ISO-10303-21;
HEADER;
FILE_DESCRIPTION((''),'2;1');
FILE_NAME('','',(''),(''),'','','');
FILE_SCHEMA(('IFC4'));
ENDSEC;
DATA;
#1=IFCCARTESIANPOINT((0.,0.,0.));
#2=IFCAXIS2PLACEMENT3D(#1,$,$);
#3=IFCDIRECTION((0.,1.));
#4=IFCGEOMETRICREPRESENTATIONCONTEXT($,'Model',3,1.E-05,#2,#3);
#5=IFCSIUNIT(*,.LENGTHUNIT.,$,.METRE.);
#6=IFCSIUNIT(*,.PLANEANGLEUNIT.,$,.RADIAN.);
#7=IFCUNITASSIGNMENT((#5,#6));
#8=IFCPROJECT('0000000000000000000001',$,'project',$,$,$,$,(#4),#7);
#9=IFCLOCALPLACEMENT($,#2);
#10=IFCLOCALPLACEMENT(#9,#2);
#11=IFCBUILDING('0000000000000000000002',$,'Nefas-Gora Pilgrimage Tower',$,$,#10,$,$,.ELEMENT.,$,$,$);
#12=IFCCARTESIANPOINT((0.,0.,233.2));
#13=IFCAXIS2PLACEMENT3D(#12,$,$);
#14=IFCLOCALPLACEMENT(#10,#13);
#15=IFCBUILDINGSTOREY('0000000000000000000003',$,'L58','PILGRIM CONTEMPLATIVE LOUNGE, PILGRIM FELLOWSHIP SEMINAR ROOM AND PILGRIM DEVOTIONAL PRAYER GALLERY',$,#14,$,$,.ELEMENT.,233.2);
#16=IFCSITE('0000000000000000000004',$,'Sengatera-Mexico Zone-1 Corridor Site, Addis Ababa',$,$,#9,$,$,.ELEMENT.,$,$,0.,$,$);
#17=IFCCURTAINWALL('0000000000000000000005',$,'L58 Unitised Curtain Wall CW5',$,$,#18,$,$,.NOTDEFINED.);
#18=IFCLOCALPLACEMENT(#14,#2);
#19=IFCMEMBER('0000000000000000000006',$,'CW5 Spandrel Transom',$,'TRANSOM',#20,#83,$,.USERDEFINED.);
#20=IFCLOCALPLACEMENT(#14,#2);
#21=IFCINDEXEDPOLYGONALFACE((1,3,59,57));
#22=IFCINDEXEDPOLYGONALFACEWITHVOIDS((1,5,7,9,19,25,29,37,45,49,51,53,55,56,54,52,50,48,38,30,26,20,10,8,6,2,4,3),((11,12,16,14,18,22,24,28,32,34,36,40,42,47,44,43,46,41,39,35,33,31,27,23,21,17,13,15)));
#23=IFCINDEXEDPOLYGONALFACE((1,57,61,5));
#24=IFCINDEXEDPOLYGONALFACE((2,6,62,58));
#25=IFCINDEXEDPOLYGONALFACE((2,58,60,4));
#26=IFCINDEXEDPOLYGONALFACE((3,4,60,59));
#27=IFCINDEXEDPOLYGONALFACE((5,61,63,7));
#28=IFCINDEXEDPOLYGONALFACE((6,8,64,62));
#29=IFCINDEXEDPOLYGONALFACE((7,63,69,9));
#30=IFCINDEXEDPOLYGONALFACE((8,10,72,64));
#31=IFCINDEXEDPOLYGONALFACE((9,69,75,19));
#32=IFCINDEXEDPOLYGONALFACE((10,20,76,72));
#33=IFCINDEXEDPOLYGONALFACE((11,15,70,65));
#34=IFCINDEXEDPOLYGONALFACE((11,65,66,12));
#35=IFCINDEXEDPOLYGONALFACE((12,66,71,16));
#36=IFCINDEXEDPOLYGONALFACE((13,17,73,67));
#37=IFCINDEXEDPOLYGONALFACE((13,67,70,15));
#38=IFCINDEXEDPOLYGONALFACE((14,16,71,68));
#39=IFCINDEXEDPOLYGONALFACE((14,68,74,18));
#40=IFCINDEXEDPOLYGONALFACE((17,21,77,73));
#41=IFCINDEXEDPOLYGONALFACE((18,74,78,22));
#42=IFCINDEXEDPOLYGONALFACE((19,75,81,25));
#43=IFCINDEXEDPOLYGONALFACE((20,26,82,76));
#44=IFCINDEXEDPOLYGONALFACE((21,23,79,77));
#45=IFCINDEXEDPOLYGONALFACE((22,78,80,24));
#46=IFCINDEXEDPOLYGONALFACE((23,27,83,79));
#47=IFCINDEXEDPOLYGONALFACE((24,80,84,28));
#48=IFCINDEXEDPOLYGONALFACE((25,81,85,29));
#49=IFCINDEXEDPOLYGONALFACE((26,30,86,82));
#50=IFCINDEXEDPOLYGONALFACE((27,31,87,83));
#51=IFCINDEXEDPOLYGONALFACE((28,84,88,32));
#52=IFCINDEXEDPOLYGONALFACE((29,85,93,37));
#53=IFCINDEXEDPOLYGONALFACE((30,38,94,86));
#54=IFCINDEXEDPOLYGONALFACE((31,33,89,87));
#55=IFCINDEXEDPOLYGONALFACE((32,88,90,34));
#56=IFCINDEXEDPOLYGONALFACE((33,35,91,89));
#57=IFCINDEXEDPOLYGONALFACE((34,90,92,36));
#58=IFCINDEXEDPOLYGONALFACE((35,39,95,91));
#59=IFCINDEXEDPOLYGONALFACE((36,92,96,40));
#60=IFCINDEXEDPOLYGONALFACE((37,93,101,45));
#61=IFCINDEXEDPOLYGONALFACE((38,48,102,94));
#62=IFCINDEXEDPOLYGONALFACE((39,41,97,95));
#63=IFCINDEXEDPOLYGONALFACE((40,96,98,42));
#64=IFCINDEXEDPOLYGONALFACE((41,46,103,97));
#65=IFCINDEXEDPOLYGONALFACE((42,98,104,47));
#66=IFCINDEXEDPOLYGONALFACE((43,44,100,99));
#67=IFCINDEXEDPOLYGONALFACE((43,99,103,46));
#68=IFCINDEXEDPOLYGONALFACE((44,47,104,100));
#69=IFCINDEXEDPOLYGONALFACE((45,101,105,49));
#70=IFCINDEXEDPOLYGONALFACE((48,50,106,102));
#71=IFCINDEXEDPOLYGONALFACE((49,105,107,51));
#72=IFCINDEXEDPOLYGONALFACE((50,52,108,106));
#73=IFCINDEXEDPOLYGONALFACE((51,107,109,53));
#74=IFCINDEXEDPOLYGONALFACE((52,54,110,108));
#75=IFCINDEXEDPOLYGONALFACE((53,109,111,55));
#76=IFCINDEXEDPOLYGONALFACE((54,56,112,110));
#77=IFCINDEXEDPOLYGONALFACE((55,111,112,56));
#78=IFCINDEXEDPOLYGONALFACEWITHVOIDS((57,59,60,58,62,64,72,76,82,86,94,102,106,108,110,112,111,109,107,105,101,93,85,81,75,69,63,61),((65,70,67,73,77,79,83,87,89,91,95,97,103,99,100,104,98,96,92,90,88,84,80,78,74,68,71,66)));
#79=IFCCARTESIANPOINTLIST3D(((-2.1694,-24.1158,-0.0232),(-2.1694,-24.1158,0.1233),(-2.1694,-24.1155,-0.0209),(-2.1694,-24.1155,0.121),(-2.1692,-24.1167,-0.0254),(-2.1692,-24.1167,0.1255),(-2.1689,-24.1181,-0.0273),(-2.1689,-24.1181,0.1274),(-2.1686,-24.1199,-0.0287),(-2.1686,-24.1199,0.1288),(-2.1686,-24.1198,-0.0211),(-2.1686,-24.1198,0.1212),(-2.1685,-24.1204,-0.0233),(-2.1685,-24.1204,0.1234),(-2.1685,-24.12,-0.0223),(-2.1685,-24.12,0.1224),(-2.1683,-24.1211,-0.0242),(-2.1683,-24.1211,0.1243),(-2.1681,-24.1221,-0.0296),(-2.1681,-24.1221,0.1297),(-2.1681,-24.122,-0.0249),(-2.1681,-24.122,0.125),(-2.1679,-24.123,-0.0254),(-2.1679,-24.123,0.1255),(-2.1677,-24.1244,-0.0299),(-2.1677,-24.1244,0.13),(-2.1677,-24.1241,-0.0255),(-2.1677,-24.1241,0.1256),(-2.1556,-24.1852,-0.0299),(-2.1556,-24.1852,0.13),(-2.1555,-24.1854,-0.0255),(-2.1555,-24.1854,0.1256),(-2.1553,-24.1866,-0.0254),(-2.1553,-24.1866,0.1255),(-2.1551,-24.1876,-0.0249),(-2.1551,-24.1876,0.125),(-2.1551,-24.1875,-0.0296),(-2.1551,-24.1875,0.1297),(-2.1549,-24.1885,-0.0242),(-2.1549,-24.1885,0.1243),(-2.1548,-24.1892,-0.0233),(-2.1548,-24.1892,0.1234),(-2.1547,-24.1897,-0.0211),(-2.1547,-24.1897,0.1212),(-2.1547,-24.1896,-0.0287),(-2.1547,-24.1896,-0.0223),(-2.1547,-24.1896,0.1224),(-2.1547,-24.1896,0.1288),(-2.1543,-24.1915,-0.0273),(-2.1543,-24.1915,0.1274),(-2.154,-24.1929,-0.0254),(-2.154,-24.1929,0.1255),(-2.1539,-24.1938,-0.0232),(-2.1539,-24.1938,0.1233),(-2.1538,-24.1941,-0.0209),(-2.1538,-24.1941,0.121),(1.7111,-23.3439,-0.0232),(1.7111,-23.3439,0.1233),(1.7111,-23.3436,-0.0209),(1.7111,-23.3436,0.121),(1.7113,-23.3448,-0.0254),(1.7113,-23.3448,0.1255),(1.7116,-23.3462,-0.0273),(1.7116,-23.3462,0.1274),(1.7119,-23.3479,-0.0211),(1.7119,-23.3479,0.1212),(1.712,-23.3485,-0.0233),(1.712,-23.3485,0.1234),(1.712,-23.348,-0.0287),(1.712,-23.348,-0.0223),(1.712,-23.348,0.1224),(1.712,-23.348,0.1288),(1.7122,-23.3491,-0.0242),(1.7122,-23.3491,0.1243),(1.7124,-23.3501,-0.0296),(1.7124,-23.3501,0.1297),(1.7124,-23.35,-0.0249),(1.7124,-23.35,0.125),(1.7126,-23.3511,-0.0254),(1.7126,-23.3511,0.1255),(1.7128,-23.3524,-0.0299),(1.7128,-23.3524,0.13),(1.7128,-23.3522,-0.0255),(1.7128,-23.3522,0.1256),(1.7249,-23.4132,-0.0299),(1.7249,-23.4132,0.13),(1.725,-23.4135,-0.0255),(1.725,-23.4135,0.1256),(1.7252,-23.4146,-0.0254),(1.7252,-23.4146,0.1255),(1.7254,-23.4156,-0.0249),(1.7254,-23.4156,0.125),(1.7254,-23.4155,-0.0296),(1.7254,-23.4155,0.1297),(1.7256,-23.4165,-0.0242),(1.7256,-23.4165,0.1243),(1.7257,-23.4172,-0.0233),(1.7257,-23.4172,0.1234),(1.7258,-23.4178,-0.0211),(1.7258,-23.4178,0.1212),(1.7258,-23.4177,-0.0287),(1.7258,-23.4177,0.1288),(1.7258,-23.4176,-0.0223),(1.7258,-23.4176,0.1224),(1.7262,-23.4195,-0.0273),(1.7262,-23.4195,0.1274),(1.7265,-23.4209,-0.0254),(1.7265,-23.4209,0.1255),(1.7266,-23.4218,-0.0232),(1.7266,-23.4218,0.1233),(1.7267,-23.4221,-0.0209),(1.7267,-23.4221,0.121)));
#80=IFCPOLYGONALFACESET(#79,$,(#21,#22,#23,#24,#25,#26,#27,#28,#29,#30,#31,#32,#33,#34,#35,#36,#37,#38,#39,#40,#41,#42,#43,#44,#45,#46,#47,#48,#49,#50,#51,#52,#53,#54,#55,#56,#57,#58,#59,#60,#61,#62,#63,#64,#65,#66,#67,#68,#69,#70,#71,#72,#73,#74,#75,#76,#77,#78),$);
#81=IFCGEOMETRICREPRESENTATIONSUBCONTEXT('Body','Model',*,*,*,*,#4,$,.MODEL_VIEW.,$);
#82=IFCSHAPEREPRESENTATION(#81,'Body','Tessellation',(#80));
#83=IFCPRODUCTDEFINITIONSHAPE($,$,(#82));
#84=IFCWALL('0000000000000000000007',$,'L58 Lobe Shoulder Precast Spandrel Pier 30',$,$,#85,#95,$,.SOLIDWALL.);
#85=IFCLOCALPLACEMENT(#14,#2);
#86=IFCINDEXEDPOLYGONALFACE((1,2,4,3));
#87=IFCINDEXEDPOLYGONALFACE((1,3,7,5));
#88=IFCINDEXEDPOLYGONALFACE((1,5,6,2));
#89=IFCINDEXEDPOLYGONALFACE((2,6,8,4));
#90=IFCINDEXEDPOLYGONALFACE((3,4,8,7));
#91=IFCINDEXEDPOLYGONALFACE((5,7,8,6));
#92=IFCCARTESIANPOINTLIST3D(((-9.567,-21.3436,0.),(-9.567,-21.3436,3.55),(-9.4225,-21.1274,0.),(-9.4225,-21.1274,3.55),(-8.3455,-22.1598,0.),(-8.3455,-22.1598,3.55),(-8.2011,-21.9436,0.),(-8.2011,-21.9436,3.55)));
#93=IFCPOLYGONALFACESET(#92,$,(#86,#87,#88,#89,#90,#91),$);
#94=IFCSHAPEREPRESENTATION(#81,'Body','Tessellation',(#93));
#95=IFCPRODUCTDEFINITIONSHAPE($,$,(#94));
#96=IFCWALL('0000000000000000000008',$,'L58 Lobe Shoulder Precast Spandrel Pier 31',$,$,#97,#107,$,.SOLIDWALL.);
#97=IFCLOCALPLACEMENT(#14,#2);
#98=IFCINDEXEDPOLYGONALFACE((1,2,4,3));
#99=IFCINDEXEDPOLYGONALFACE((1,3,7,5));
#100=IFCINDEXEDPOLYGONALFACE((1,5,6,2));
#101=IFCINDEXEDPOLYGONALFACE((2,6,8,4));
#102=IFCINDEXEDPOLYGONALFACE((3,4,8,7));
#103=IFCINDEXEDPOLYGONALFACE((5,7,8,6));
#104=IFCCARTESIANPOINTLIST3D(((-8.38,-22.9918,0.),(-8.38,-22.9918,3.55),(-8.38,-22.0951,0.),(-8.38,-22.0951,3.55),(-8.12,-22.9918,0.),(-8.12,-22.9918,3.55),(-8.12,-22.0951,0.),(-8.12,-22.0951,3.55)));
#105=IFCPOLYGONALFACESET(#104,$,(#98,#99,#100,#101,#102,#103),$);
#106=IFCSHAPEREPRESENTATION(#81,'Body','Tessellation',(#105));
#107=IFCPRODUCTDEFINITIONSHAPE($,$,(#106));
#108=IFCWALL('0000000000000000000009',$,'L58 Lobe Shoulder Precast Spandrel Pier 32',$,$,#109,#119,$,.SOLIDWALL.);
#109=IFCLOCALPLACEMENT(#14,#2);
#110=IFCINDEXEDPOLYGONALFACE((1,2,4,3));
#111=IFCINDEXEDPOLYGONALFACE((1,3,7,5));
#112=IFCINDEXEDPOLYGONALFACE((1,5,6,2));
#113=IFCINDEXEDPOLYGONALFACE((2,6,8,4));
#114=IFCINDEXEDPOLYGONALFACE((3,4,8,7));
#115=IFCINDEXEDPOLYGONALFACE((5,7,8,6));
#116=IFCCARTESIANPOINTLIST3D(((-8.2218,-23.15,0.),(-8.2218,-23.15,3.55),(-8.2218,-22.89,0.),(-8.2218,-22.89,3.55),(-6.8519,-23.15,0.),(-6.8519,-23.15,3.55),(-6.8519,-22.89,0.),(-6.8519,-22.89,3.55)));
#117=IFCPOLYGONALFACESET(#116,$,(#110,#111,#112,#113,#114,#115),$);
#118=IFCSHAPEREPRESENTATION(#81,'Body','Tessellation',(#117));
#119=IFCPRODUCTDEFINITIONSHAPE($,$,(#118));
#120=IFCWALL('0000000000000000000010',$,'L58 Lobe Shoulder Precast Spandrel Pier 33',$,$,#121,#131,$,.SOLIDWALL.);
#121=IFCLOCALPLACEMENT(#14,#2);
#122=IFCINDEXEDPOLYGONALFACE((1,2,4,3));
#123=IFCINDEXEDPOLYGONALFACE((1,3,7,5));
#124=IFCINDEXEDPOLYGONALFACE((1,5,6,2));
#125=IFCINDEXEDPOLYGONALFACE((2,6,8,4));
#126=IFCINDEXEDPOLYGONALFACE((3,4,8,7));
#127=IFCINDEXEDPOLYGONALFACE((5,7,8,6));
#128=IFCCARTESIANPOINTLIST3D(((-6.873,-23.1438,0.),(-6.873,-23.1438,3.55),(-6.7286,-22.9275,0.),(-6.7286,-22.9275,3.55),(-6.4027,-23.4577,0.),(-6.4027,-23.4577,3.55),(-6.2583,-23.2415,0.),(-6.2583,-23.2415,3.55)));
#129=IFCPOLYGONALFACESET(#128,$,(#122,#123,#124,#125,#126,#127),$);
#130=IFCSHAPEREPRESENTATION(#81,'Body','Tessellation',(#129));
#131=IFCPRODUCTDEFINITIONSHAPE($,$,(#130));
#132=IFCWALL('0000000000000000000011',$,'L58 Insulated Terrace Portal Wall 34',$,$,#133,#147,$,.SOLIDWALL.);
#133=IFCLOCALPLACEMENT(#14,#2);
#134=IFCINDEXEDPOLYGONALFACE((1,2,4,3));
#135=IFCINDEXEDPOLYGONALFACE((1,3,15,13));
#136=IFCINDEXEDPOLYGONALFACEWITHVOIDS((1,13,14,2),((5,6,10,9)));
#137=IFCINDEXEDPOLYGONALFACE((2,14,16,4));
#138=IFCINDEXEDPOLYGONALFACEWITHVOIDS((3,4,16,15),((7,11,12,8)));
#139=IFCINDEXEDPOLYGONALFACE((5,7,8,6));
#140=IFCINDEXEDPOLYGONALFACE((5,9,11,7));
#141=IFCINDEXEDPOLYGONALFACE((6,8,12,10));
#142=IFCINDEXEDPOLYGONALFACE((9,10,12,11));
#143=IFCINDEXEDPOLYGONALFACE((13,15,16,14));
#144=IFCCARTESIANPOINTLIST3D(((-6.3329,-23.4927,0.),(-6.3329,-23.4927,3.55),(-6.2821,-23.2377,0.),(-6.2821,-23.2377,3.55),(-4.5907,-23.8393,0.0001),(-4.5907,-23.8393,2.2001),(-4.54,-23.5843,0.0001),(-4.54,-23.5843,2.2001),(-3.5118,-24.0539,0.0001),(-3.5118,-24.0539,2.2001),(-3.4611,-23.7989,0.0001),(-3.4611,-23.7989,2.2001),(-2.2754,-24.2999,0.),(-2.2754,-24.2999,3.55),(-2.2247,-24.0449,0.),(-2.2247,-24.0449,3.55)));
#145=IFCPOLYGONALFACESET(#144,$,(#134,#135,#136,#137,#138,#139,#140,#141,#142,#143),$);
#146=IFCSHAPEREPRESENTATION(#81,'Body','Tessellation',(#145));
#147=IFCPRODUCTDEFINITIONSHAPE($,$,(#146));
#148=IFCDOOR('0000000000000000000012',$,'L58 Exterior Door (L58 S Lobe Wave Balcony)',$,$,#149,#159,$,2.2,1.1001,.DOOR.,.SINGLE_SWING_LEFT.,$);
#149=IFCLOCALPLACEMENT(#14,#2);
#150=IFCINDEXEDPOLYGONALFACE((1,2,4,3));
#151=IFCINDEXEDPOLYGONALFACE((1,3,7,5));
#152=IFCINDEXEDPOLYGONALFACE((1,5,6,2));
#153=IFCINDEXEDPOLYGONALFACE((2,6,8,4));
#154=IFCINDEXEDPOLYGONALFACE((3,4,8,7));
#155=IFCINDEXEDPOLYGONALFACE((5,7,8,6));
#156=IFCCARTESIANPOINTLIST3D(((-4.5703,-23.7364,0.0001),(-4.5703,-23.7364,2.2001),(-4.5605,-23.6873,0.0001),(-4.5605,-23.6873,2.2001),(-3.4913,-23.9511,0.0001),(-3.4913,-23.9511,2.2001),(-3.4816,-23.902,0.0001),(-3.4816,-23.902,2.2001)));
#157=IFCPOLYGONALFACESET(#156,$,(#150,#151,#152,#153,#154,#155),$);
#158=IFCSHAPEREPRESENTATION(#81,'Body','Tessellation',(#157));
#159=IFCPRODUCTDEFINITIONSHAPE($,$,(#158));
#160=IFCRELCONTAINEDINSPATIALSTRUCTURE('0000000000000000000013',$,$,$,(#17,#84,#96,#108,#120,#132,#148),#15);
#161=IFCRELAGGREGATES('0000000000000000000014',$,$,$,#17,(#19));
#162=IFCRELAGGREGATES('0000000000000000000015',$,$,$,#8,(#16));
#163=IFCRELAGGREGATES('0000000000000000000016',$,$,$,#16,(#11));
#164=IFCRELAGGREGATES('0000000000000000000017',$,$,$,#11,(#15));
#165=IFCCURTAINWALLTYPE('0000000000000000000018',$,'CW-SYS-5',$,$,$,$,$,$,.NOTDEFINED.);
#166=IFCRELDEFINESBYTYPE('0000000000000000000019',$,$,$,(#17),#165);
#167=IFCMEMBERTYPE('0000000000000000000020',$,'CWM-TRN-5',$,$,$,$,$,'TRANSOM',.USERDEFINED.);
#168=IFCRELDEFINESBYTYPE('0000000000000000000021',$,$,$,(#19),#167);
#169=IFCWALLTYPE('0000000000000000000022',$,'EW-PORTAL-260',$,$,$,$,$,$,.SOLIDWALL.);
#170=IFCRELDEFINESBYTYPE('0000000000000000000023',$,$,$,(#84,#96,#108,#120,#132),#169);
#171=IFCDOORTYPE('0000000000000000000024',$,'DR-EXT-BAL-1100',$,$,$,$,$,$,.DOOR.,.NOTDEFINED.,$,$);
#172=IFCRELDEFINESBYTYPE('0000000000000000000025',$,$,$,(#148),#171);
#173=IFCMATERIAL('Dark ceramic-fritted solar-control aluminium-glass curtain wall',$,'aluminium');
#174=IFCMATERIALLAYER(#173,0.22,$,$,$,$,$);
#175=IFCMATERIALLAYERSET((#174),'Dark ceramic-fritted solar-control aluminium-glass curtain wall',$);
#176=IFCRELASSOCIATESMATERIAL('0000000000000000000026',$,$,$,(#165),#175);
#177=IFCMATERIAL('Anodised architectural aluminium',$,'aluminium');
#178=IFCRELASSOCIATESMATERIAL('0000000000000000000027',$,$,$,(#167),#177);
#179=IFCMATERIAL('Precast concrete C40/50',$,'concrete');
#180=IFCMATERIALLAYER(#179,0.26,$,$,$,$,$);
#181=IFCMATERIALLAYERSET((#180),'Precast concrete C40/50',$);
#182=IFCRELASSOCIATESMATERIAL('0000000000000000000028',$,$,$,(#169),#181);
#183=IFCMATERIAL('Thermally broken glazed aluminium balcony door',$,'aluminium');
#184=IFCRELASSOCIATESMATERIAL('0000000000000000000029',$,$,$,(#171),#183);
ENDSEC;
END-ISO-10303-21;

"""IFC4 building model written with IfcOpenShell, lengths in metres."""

from ifc_helpers import new_model, si_unit, direction, frame, frame_2d, origin, origin_2d, place, context, subcontext, project, spatial, rectangle, hollow_rectangle, extrude, source, transform, mapped, material, layer, layer_set, material_profile, profile_set, type_object, element, fill, aggregate, save


model = new_model("IFC4")

# Units and contexts
model_context = context("Model", 3, precision=1e-05, world=origin(), true_north=direction((0.0, 1.0)))
body_context = subcontext(model_context, "Body", "Model", "MODEL_VIEW")
ifc_project = project(units=[si_unit("LENGTHUNIT", "METRE"), si_unit("PLANEANGLEUNIT", "RADIAN")], contexts=[model_context])

# Site, building, storey
site_placement = place(None, origin())
site = spatial("IfcSite", under=ifc_project, at=site_placement, Name="Sengatera-Mexico Zone-1 Corridor Site, Addis Ababa", CompositionType="ELEMENT", RefElevation=0.0)
building_placement = place(site_placement, origin())
building = spatial("IfcBuilding", under=site, at=building_placement, Name="Nefas-Gora Pilgrimage Tower", CompositionType="ELEMENT")
storey_placement = place(building_placement, frame((0.0, 0.0, 233.2)))
storey = spatial("IfcBuildingStorey", under=building, at=storey_placement, Name="L58", Description="PILGRIM CONTEMPLATIVE LOUNGE, PILGRIM FELLOWSHIP SEMINAR ROOM AND PILGRIM DEVOTIONAL PRAYER GALLERY", CompositionType="ELEMENT", Elevation=233.2)

# Shared definitions
ifc_material_1 = material(Name="Dark ceramic-fritted solar-control aluminium-glass curtain wall", Category="aluminium")
ifc_layer_1 = layer(ifc_material_1, 0.22)
ifc_layer_set_1 = layer_set([ifc_layer_1], Name="Dark ceramic-fritted solar-control aluminium-glass curtain wall")
curtain_wall_type = type_object("IfcCurtainWallType", Name="CW-SYS-5", PredefinedType="NOTDEFINED", material=ifc_layer_set_1)
ifc_material_2 = material(Name="Anodised architectural aluminium", Category="aluminium")

# Curtain wall, member
curtain_wall_1_placement = place(storey_placement, origin())
curtain_wall_1 = element("IfcCurtainWall", 1, at=curtain_wall_1_placement, inside=storey, type_object=curtain_wall_type, Name="L58 Unitised Curtain Wall CW5", PredefinedType="NOTDEFINED")
ifc_material_profile_1 = material_profile(ifc_material_2, hollow_rectangle(XDim=0.0801, YDim=0.1599, WallThickness=0.0044, InnerFilletRadius=0.0044, OuterFilletRadius=0.009, at=origin_2d()), Name="ALU TRANSOM 80x160")
ifc_profile_set_1 = profile_set([ifc_material_profile_1], Name="Anodised architectural aluminium")
member_type_1 = type_object("IfcMemberType", Name="CWM-TRN-5", ElementType="TRANSOM", PredefinedType="USERDEFINED", material=ifc_profile_set_1)
shared_shape_1 = source(origin(), body_context, "Body", "SweptSolid", [
    extrude(hollow_rectangle(XDim=0.0801, YDim=0.1599, WallThickness=0.0044, InnerFilletRadius=0.0044, OuterFilletRadius=0.009, at=origin_2d()), origin(), (0.0, 0.0, 1.0), 3.9565),
])
member_1_placement = place(storey_placement, frame((-2.1616, -24.1548, 0.05), z_axis=(0.980782, 0.195107, 0.0), x_axis=(-0.195107, 0.980782, 0.0)))
member_1 = element("IfcMember", 2, at=member_1_placement, type_object=member_type_1, Name="CW5 Spandrel Transom", ObjectType="TRANSOM", PredefinedType="USERDEFINED", context=body_context, shape_type="MappedRepresentation", body=[
    mapped(shared_shape_1, transform((0.0, 0.0, 0.0), x_axis=(1.0, 0.0, 0.0), y_axis=(0.0, 1.0, 0.0), z_axis=(0.0, 0.0, 1.0), scale=1.0)),
])
aggregate(curtain_wall_1, [member_1])

# Walls
ifc_material_3 = material(Name="Precast concrete C40/50", Category="concrete")
ifc_layer_2 = layer(ifc_material_3, 0.26)
ifc_layer_set_2 = layer_set([ifc_layer_2], Name="Precast concrete C40/50")
wall_type_1 = type_object("IfcWallType", Name="EW-PORTAL-260", PredefinedType="SOLIDWALL", material=ifc_layer_set_2)
shared_shape_2 = source(origin(), body_context, "Body", "SweptSolid", [
    extrude(rectangle(XDim=1.469, YDim=0.26, at=frame_2d((0.7344, 0.0))), origin(), (0.0, 0.0, 1.0), 3.55),
])
wall_1_placement = place(storey_placement, frame((-9.4946, -21.2356, 0.0), z_axis=(0.0, 0.0, 1.0), x_axis=(0.831462, -0.555582, 0.0)))
element("IfcWall", 3, at=wall_1_placement, inside=storey, type_object=wall_type_1, Name="L58 Lobe Shoulder Precast Spandrel Pier 30", PredefinedType="SOLIDWALL", context=body_context, shape_type="MappedRepresentation", body=[
    mapped(shared_shape_2, transform((0.0, 0.0, 0.0), x_axis=(1.0, 0.0, 0.0), y_axis=(0.0, 1.0, 0.0), z_axis=(0.0, 0.0, 1.0), scale=1.0)),
])
shared_shape_3 = source(origin(), body_context, "Body", "SweptSolid", [
    extrude(rectangle(XDim=0.8967, YDim=0.26, at=frame_2d((0.4482, 0.0))), origin(), (0.0, 0.0, 1.0), 3.55),
])
wall_2_placement = place(storey_placement, frame((-8.25, -22.0952, 0.0), z_axis=(0.0, 0.0, 1.0), x_axis=(0.0, -1.0, 0.0)))
element("IfcWall", 4, at=wall_2_placement, inside=storey, type_object=wall_type_1, Name="L58 Lobe Shoulder Precast Spandrel Pier 31", PredefinedType="SOLIDWALL", context=body_context, shape_type="MappedRepresentation", body=[
    mapped(shared_shape_3, transform((0.0, 0.0, 0.0), x_axis=(1.0, 0.0, 0.0), y_axis=(0.0, 1.0, 0.0), z_axis=(0.0, 0.0, 1.0), scale=1.0)),
])
shared_shape_4 = source(origin(), body_context, "Body", "SweptSolid", [
    extrude(rectangle(XDim=1.3699, YDim=0.26, at=frame_2d((0.6851, 0.0))), origin(), (0.0, 0.0, 1.0), 3.55),
])
wall_3_placement = place(storey_placement, frame((-8.2219, -23.02, 0.0), z_axis=(0.0, 0.0, 1.0), x_axis=(1.0, 0.0, 0.0)))
element("IfcWall", 5, at=wall_3_placement, inside=storey, type_object=wall_type_1, Name="L58 Lobe Shoulder Precast Spandrel Pier 32", PredefinedType="SOLIDWALL", context=body_context, shape_type="MappedRepresentation", body=[
    mapped(shared_shape_4, transform((0.0, 0.0, 0.0), x_axis=(1.0, 0.0, 0.0), y_axis=(0.0, 1.0, 0.0), z_axis=(0.0, 0.0, 1.0), scale=1.0)),
])
shared_shape_5 = source(origin(), body_context, "Body", "SweptSolid", [
    extrude(rectangle(XDim=0.5654, YDim=0.26, at=frame_2d((0.2827, 0.0))), origin(), (0.0, 0.0, 1.0), 3.55),
])
wall_4_placement = place(storey_placement, frame((-6.8008, -23.0356, 0.0), z_axis=(0.0, 0.0, 1.0), x_axis=(0.831651, -0.555298, 0.0)))
element("IfcWall", 6, at=wall_4_placement, inside=storey, type_object=wall_type_1, Name="L58 Lobe Shoulder Precast Spandrel Pier 33", PredefinedType="SOLIDWALL", context=body_context, shape_type="MappedRepresentation", body=[
    mapped(shared_shape_5, transform((0.0, 0.0, 0.0), x_axis=(1.0, 0.0, 0.0), y_axis=(0.0, 1.0, 0.0), z_axis=(0.0, 0.0, 1.0), scale=1.0)),
])

# Wall, opening, door
shared_shape_6 = source(origin(), body_context, "Body", "SweptSolid", [
    extrude(rectangle(XDim=4.137, YDim=0.26, at=frame_2d((2.0684, 0.0))), origin(), (0.0, 0.0, 1.0), 3.55),
])
wall_5_placement = place(storey_placement, frame((-6.3074, -23.3652, 0.0), z_axis=(0.0, 0.0, 1.0), x_axis=(0.980782, -0.195106, 0.0)))
wall_5 = element("IfcWall", 7, at=wall_5_placement, inside=storey, type_object=wall_type_1, Name="L58 Insulated Terrace Portal Wall 34", PredefinedType="SOLIDWALL", context=body_context, shape_type="MappedRepresentation", body=[
    mapped(shared_shape_6, transform((0.0, 0.0, 0.0), x_axis=(1.0, 0.0, 0.0), y_axis=(0.0, 1.0, 0.0), z_axis=(0.0, 0.0, 1.0), scale=1.0)),
])
opening_1_placement = place(wall_5_placement, frame((1.7761, 0.0, 0.0)))
opening_1 = element("IfcOpeningElement", 8, at=opening_1_placement, cuts=wall_5, PredefinedType="OPENING", context=body_context, shape_type="SweptSolid", body=[
    extrude(rectangle(XDim=1.1001, YDim=2.2, at=frame_2d((0.55, 1.1001))), frame((0.0, 0.1399, 0.0), z_axis=(0.0, -1.0, 0.0), x_axis=(1.0, 0.0, 0.0)), (0.0, 0.0, 1.0), 0.28),
])
ifc_material_4 = material(Name="Thermally broken glazed aluminium balcony door", Category="aluminium")
door_type_1 = type_object("IfcDoorType", Name="DR-EXT-BAL-1100", OperationType="NOTDEFINED", PredefinedType="DOOR", material=ifc_material_4)
shared_shape_7 = source(origin(), body_context, "Body", "SweptSolid", [
    extrude(rectangle(XDim=1.1001, YDim=2.2, at=frame_2d((0.55, 1.1001))), frame((0.0, 0.0249, 0.0), z_axis=(0.0, -1.0, 0.0), x_axis=(1.0, 0.0, 0.0)), (0.0, 0.0, 1.0), 0.05),
])
door_1_placement = place(opening_1_placement, origin())
door_1 = element("IfcDoor", 9, at=door_1_placement, inside=storey, type_object=door_type_1, Name="L58 Exterior Door (L58 S Lobe Wave Balcony)", OperationType="SINGLE_SWING_LEFT", OverallHeight=2.2, OverallWidth=1.1001, PredefinedType="DOOR", context=body_context, shape_type="MappedRepresentation", body=[
    mapped(shared_shape_7, transform((0.0, 0.0, 0.0), x_axis=(1.0, 0.0, 0.0), y_axis=(0.0, 1.0, 0.0), z_axis=(0.0, 0.0, 1.0), scale=1.0)),
])
fill(opening_1, door_1)

save(model, "model.ifc")
